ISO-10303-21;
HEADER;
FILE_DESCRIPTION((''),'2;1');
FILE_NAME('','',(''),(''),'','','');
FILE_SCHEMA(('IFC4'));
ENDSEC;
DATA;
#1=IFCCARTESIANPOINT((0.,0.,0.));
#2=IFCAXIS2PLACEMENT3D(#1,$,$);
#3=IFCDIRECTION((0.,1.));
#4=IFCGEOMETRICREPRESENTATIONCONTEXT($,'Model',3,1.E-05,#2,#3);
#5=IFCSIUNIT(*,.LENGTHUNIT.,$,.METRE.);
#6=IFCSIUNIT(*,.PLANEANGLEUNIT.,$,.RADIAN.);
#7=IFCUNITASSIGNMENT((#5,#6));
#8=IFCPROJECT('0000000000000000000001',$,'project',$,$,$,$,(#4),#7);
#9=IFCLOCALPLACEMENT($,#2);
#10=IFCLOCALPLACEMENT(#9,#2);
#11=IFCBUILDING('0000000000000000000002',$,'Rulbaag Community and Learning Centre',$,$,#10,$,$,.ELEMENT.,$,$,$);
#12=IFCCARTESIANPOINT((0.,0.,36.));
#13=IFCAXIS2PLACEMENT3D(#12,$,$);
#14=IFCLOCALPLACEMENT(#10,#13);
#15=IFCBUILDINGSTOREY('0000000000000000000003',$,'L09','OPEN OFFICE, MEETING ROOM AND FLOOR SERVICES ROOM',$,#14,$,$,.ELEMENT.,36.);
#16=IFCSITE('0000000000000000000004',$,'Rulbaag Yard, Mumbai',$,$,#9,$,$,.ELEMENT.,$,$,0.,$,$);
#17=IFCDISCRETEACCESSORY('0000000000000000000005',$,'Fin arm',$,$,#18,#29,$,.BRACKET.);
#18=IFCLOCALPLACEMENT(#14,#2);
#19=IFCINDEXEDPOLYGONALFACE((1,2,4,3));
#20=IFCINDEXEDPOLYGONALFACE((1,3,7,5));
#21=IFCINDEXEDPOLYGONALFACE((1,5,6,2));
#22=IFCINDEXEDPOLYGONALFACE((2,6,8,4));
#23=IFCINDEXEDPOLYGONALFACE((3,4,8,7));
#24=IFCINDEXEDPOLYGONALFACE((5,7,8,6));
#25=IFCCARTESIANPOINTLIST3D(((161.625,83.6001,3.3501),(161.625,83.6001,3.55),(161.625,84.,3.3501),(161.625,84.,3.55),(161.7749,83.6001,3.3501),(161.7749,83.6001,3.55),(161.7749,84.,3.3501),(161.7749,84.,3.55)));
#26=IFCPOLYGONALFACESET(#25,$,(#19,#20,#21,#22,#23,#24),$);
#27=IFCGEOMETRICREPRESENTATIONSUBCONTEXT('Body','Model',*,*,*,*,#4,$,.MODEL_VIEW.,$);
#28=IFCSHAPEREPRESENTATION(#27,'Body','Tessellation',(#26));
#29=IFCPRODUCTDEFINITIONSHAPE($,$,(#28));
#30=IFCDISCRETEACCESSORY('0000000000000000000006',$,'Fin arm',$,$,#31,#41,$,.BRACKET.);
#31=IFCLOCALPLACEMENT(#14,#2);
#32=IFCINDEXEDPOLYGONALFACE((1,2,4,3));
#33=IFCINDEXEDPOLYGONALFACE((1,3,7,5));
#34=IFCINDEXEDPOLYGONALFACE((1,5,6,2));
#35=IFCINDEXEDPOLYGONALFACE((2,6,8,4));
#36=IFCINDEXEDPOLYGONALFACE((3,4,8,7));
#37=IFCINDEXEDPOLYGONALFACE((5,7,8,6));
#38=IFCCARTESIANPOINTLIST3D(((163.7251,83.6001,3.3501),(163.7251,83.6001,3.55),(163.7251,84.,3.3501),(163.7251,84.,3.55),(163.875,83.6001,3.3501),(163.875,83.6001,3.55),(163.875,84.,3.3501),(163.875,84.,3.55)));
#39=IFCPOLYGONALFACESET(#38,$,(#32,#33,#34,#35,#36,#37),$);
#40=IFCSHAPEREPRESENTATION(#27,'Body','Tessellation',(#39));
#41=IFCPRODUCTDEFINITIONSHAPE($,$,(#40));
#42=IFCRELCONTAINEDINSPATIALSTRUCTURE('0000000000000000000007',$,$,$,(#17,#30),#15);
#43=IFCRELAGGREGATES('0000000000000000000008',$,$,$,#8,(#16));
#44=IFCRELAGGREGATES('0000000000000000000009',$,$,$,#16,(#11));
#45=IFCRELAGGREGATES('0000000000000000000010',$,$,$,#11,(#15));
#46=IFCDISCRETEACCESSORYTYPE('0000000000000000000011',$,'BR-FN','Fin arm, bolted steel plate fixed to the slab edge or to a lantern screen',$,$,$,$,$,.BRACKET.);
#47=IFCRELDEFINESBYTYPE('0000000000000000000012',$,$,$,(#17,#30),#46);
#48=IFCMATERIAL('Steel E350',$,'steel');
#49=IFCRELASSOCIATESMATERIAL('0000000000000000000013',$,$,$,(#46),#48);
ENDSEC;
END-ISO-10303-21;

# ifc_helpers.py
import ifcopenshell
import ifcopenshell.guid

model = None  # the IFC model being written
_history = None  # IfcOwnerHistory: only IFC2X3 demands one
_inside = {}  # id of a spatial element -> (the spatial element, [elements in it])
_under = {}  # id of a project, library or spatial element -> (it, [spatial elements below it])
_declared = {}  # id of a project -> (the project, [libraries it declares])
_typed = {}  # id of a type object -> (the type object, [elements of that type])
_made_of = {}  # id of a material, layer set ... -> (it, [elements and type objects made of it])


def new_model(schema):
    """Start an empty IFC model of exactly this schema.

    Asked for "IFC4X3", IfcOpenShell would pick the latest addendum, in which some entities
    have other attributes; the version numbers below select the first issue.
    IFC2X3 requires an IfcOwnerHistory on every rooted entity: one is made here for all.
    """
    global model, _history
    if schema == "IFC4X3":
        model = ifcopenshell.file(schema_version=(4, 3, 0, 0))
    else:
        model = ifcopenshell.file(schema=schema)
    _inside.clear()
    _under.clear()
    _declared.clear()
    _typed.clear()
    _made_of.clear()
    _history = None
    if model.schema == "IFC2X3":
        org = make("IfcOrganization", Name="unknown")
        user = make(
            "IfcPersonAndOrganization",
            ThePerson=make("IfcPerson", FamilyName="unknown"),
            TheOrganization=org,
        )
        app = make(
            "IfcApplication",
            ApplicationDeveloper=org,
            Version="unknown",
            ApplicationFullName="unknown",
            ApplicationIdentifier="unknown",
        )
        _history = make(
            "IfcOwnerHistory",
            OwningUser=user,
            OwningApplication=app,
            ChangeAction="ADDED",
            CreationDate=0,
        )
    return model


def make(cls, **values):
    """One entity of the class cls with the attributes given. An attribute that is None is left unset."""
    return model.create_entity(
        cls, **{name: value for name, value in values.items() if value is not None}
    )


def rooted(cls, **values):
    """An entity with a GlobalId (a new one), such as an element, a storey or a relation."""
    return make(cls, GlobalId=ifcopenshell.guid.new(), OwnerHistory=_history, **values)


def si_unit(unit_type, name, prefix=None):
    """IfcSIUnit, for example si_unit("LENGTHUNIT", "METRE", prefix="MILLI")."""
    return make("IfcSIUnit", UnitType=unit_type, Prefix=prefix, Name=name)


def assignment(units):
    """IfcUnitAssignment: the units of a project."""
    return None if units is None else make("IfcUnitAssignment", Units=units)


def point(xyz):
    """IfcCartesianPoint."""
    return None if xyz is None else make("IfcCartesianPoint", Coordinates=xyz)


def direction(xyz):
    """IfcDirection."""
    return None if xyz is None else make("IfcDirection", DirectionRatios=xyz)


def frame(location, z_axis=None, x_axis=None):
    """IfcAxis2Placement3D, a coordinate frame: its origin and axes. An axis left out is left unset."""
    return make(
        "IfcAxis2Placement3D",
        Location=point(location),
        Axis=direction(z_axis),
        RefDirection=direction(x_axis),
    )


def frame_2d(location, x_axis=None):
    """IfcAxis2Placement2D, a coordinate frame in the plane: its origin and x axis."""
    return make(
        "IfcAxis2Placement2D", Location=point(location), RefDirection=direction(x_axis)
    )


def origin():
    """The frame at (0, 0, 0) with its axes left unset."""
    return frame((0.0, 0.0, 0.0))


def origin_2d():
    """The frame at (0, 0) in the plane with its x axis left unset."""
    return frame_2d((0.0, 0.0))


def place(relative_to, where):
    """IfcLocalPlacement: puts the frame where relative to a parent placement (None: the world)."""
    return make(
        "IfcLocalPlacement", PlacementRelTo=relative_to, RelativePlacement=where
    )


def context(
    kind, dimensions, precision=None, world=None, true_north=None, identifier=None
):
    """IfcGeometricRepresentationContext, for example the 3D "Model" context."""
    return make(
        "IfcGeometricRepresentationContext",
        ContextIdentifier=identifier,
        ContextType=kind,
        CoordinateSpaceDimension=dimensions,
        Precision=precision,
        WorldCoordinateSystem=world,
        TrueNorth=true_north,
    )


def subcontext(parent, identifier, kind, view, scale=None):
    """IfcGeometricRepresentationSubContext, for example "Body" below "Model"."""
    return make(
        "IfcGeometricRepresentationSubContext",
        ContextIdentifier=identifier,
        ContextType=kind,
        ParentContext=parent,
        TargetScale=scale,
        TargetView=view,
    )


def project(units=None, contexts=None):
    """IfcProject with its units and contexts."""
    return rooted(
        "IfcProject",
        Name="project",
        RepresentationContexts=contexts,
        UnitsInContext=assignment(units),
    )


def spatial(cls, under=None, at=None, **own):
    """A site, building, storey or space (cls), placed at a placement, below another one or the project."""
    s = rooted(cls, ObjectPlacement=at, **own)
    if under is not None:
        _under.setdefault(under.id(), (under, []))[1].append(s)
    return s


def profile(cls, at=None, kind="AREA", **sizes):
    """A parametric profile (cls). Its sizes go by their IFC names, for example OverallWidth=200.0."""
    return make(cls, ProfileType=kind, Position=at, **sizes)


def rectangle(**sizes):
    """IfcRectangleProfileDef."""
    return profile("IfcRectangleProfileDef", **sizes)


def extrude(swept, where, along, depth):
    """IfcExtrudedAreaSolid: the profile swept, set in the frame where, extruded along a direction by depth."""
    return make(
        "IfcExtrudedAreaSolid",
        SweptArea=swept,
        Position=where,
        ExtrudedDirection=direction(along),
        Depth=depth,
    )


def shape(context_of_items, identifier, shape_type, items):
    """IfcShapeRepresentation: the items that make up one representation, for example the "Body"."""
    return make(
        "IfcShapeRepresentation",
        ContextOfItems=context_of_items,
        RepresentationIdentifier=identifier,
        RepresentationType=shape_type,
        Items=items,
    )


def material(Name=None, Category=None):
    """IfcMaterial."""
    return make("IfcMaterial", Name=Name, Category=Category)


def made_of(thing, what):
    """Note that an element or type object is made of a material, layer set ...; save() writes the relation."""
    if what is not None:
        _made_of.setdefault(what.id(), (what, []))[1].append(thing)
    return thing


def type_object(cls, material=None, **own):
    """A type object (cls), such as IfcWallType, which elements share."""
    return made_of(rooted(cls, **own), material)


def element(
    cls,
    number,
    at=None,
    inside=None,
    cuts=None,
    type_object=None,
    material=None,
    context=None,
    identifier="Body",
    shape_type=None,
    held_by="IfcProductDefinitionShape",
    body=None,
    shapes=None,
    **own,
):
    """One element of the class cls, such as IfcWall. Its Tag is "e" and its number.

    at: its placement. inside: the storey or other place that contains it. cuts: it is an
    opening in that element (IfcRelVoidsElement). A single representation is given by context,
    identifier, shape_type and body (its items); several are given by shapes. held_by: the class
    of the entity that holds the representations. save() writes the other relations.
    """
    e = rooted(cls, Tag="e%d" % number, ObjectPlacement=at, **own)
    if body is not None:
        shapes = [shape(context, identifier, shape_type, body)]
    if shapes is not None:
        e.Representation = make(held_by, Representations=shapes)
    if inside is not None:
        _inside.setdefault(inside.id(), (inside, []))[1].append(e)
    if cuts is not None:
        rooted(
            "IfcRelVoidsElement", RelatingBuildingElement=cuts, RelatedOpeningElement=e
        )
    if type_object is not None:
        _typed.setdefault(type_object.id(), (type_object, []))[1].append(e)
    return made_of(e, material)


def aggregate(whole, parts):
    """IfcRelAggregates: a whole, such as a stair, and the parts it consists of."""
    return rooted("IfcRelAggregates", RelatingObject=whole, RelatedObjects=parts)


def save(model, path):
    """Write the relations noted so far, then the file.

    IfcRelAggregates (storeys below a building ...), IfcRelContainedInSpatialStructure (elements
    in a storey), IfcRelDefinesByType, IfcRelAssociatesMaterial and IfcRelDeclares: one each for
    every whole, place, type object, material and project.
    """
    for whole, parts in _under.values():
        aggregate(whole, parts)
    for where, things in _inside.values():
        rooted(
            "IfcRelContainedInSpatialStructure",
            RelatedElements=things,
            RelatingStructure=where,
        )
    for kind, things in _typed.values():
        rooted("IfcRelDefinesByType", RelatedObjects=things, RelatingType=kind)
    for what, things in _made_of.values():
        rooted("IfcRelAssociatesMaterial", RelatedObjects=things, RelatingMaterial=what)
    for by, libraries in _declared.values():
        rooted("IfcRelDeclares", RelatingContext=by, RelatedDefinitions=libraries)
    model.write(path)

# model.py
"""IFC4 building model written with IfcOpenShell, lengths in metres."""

from ifc_helpers import new_model, si_unit, direction, frame, origin, origin_2d, place, context, subcontext, project, spatial, rectangle, extrude, material, type_object, element, save


model = new_model("IFC4")

# Units and contexts
model_context = context("Model", 3, precision=1e-05, world=origin(), true_north=direction((0.0, 1.0)))
body_context = subcontext(model_context, "Body", "Model", "MODEL_VIEW")
ifc_project = project(units=[si_unit("LENGTHUNIT", "METRE"), si_unit("PLANEANGLEUNIT", "RADIAN")], contexts=[model_context])

# Site, building, storey
site_placement = place(None, origin())
site = spatial("IfcSite", under=ifc_project, at=site_placement, Name="Rulbaag Yard, Mumbai", CompositionType="ELEMENT", RefElevation=0.0)
building_placement = place(site_placement, origin())
building = spatial("IfcBuilding", under=site, at=building_placement, Name="Rulbaag Community and Learning Centre", CompositionType="ELEMENT")
storey_placement = place(building_placement, frame((0.0, 0.0, 36.0)))
storey = spatial("IfcBuildingStorey", under=building, at=storey_placement, Name="L09", Description="OPEN OFFICE, MEETING ROOM AND FLOOR SERVICES ROOM", CompositionType="ELEMENT", Elevation=36.0)

# Discrete accessories
ifc_material_1 = material(Name="Steel E350", Category="steel")
discrete_accessory_type = type_object("IfcDiscreteAccessoryType", Name="BR-FN", Description="Fin arm, bolted steel plate fixed to the slab edge or to a lantern screen", PredefinedType="BRACKET", material=ifc_material_1)
for number, where, z_axis, x_axis, name in (
    (1, (161.7, 83.8, 3.3501), (0.0, 0.0, 1.0), (1.0, 0.0, 0.0), "Fin arm"),
    (2, (163.8, 83.8, 3.3501), (0.0, 0.0, 1.0), (1.0, 0.0, 0.0), "Fin arm"),
):
    element("IfcDiscreteAccessory", number, at=place(storey_placement, frame(where, z_axis=z_axis, x_axis=x_axis)), inside=storey, type_object=discrete_accessory_type, Name=name, PredefinedType="BRACKET", context=body_context, shape_type="SweptSolid", body=[
        extrude(rectangle(XDim=0.1499, YDim=0.3999, at=origin_2d()), origin(), (0.0, 0.0, 1.0), 0.2),
    ])

save(model, "model.ifc")
